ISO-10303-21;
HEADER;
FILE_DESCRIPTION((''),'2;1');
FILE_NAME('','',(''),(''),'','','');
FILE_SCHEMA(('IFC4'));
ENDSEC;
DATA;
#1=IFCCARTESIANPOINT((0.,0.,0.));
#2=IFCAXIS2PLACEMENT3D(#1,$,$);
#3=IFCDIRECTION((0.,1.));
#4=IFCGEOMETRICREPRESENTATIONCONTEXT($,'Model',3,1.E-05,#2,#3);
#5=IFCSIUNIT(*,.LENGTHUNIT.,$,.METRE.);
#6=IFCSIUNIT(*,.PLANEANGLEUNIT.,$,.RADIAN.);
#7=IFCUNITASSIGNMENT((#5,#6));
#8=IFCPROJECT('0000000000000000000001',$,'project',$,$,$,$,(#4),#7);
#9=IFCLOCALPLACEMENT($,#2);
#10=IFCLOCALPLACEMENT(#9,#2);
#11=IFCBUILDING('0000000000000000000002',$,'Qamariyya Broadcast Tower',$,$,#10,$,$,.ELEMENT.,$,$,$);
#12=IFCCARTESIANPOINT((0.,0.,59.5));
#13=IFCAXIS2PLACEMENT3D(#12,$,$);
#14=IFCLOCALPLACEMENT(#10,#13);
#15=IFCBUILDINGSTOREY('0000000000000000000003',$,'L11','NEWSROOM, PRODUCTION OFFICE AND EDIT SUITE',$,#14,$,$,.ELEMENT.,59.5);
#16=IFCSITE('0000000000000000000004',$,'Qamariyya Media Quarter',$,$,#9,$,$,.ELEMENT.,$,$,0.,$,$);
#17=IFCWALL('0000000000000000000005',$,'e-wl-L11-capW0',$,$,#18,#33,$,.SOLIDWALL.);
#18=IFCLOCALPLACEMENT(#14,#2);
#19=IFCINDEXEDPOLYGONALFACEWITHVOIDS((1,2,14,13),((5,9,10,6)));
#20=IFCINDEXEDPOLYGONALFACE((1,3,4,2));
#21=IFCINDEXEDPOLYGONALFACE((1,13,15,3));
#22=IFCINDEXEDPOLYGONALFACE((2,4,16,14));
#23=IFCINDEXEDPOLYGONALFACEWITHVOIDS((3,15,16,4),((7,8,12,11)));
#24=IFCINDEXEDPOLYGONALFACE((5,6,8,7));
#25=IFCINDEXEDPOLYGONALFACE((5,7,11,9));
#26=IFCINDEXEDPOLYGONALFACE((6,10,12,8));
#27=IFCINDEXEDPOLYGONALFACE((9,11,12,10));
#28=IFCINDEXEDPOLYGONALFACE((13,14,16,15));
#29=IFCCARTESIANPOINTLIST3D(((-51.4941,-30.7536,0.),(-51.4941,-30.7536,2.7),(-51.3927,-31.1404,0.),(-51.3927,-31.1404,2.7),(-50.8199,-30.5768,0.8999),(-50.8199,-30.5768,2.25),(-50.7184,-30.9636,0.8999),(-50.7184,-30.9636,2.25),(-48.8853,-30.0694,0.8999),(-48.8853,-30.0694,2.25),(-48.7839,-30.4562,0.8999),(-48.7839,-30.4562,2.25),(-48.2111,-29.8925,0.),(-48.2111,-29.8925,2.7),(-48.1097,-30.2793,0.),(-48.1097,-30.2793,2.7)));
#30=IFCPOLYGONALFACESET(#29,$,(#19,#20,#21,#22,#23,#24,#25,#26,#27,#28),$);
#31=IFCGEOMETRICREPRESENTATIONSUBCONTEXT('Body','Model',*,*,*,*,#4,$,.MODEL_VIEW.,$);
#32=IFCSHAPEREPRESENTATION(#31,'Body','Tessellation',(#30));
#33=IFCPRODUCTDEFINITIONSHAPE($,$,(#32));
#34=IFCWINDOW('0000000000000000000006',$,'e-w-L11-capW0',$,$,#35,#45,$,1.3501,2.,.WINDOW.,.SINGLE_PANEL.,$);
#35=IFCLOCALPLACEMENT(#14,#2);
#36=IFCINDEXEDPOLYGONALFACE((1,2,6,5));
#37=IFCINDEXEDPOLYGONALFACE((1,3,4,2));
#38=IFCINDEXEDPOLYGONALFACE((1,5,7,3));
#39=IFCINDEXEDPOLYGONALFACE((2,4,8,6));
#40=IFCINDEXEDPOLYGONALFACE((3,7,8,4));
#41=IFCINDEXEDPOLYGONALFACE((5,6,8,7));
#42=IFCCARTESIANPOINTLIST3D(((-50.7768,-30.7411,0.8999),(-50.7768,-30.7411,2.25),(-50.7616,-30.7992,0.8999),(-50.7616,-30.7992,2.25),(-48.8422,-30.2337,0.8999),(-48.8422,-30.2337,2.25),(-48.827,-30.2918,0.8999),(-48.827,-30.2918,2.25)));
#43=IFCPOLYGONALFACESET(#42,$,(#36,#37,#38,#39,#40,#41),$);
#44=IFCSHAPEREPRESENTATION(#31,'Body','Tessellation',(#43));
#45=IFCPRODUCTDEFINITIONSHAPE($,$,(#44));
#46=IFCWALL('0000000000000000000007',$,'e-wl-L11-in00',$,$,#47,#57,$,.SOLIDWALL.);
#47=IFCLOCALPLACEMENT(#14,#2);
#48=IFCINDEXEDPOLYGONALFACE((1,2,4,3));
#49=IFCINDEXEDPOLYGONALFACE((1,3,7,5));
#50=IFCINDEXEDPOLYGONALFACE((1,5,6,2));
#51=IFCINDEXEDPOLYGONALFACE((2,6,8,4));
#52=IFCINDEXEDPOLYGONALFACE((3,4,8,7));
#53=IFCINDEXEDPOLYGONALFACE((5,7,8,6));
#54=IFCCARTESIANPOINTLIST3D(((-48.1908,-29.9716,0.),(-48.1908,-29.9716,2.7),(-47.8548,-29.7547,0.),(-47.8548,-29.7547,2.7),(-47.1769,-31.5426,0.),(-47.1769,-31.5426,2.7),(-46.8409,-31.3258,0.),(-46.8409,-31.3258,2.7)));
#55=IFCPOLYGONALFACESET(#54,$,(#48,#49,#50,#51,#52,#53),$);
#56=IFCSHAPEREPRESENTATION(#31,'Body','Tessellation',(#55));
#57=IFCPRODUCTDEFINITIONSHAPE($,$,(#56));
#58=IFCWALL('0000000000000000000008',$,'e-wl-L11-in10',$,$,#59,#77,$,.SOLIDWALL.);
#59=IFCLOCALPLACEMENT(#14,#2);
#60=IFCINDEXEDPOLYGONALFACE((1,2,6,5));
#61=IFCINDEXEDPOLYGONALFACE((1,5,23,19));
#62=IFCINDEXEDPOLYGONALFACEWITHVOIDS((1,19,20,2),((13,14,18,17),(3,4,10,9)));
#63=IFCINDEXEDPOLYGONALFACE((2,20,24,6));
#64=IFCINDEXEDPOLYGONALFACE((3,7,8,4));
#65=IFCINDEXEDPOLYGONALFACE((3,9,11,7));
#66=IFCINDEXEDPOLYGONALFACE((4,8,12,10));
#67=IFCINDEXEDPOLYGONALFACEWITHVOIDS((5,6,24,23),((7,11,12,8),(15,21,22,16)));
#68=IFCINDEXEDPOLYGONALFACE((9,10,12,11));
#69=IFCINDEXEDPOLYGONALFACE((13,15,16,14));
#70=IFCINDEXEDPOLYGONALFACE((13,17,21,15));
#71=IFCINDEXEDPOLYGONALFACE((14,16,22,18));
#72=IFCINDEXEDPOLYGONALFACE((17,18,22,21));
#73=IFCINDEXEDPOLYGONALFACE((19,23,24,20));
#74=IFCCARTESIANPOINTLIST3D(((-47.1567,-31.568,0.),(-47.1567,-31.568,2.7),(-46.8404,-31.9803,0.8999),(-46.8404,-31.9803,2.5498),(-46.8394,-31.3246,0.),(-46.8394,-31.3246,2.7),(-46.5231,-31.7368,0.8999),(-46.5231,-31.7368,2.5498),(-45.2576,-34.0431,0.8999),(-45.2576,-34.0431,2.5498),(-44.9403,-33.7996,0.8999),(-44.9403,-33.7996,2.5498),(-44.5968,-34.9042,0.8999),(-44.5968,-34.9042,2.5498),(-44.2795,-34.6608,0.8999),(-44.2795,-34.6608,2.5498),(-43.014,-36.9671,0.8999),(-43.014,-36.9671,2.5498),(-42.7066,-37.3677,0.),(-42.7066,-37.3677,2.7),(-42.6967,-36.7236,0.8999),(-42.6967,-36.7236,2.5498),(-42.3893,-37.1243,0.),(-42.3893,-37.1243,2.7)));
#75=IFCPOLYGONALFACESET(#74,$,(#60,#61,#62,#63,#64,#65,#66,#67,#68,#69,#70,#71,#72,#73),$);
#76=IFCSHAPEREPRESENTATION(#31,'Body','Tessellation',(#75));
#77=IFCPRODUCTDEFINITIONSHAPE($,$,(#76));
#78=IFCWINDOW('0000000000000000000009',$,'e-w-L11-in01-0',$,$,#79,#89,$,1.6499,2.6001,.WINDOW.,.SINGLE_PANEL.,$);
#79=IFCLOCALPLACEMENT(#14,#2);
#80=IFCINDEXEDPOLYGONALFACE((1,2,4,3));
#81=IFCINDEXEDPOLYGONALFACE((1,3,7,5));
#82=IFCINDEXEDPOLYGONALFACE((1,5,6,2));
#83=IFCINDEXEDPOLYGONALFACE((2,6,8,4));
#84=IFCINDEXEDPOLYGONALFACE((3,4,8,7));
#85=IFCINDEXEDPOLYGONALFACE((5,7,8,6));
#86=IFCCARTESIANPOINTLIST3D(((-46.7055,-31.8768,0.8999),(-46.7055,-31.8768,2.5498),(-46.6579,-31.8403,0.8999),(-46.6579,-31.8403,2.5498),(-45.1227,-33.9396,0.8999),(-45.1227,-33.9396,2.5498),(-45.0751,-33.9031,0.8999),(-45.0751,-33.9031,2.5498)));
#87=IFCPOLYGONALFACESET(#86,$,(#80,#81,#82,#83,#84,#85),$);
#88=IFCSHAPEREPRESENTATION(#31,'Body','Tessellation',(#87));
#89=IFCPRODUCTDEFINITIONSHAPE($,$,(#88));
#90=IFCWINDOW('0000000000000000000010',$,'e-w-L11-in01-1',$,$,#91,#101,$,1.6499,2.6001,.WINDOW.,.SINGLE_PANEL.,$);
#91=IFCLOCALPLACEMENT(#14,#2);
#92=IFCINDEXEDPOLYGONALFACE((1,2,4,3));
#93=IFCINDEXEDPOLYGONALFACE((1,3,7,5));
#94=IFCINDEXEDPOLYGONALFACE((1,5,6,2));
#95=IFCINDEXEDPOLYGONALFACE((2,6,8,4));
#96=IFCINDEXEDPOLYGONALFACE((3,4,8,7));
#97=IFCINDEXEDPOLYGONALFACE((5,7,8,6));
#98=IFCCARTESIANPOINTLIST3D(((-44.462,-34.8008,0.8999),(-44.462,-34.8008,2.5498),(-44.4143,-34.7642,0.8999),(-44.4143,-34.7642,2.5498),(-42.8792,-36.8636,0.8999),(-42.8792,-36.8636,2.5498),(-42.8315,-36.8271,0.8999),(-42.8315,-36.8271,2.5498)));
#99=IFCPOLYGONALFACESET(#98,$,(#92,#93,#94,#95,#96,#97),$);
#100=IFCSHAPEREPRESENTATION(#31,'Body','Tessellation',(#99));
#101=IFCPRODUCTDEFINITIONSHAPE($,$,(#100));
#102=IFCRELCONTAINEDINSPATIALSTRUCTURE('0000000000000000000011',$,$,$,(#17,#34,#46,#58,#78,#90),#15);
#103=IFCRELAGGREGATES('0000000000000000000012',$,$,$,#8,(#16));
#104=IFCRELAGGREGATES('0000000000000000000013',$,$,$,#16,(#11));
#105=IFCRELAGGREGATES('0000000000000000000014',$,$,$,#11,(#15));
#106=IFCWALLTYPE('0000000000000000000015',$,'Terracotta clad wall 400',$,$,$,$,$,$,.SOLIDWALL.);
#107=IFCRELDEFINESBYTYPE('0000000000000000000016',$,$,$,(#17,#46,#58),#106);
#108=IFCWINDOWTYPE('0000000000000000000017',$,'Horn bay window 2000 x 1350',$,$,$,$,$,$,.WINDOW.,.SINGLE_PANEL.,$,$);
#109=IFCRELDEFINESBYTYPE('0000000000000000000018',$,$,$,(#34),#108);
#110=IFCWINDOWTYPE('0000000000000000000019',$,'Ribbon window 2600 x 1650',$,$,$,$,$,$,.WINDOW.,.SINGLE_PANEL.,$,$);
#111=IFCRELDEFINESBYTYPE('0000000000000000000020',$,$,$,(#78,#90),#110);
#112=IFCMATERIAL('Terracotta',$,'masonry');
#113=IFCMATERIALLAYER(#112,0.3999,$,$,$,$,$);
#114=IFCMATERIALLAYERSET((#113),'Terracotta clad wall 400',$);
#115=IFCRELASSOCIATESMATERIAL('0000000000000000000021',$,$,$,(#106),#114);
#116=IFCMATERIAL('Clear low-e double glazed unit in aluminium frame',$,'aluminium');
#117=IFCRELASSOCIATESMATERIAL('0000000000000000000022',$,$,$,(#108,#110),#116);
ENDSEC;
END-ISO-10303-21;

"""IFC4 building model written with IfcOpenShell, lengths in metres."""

from ifc_helpers import new_model, si_unit, direction, frame, frame_2d, origin, place, context, subcontext, project, spatial, rectangle, extrude, material, layer, layer_set, type_object, element, fill, save


model = new_model("IFC4")

# Units and contexts
model_context = context("Model", 3, precision=1e-05, world=origin(), true_north=direction((0.0, 1.0)))
body_context = subcontext(model_context, "Body", "Model", "MODEL_VIEW")
ifc_project = project(units=[si_unit("LENGTHUNIT", "METRE"), si_unit("PLANEANGLEUNIT", "RADIAN")], contexts=[model_context])

# Site, building, storey
site_placement = place(None, origin())
site = spatial("IfcSite", under=ifc_project, at=site_placement, Name="Qamariyya Media Quarter", CompositionType="ELEMENT", RefElevation=0.0)
building_placement = place(site_placement, origin())
building = spatial("IfcBuilding", under=site, at=building_placement, Name="Qamariyya Broadcast Tower", CompositionType="ELEMENT")
storey_placement = place(building_placement, frame((0.0, 0.0, 59.5)))
storey = spatial("IfcBuildingStorey", under=building, at=storey_placement, Name="L11", Description="NEWSROOM, PRODUCTION OFFICE AND EDIT SUITE", CompositionType="ELEMENT", Elevation=59.5)

# Wall, opening, window
ifc_material_1 = material(Name="Terracotta", Category="masonry")
ifc_layer_1 = layer(ifc_material_1, 0.3999)
ifc_layer_set_1 = layer_set([ifc_layer_1], Name="Terracotta clad wall 400")
wall_type_1 = type_object("IfcWallType", Name="Terracotta clad wall 400", PredefinedType="SOLIDWALL", material=ifc_layer_set_1)
wall_1_placement = place(storey_placement, frame((-48.1604, -30.0859, 0.0), z_axis=(0.0, 0.0, 1.0), x_axis=(-0.967281, -0.253707, 0.0)))
wall_1 = element("IfcWall", 1, at=wall_1_placement, inside=storey, type_object=wall_type_1, Name="e-wl-L11-capW0", PredefinedType="SOLIDWALL", context=body_context, shape_type="SweptSolid", body=[
    extrude(rectangle(XDim=3.394, YDim=0.3999, at=frame_2d((1.697, 0.0))), origin(), (0.0, 0.0, 1.0), 2.7),
])
opening_1_placement = place(wall_1_placement, frame((0.697, 0.0, 0.8999)))
opening_1 = element("IfcOpeningElement", 2, at=opening_1_placement, cuts=wall_1, PredefinedType="OPENING", context=body_context, shape_type="SweptSolid", body=[
    extrude(rectangle(XDim=2.0, YDim=1.3501, at=frame_2d((1.0, 0.675))), frame((0.0, 0.21, 0.0), z_axis=(0.0, -1.0, 0.0), x_axis=(1.0, 0.0, 0.0)), (0.0, 0.0, 1.0), 0.4199),
])
ifc_material_2 = material(Name="Clear low-e double glazed unit in aluminium frame", Category="aluminium")
window_type_1 = type_object("IfcWindowType", Name="Horn bay window 2000 x 1350", PartitioningType="SINGLE_PANEL", PredefinedType="WINDOW", material=ifc_material_2)
window_1_placement = place(opening_1_placement, origin())
window_1 = element("IfcWindow", 3, at=window_1_placement, inside=storey, type_object=window_type_1, Name="e-w-L11-capW0", OverallHeight=1.3501, OverallWidth=2.0, PartitioningType="SINGLE_PANEL", PredefinedType="WINDOW", context=body_context, shape_type="SweptSolid", body=[
    extrude(rectangle(XDim=2.0, YDim=1.3501, at=frame_2d((1.0, 0.675))), frame((0.0, 0.03, 0.0), z_axis=(0.0, -1.0, 0.0), x_axis=(1.0, 0.0, 0.0)), (0.0, 0.0, 1.0), 0.0601),
])
fill(opening_1, window_1)

# Wall
wall_2_placement = place(storey_placement, frame((-47.0088, -31.4343, 0.0), z_axis=(0.0, 0.0, 1.0), x_axis=(-0.542255, 0.840214, 0.0)))
element("IfcWall", 4, at=wall_2_placement, inside=storey, type_object=wall_type_1, Name="e-wl-L11-in00", PredefinedType="SOLIDWALL", context=body_context, shape_type="SweptSolid", body=[
    extrude(rectangle(XDim=1.8699, YDim=0.3999, at=frame_2d((0.9351, 0.0))), origin(), (0.0, 0.0, 1.0), 2.7),
])

# Wall, openings, windows
wall_3_placement = place(storey_placement, frame((-42.5479, -37.2461, 0.0), z_axis=(0.0, 0.0, 1.0), x_axis=(-0.608748, 0.793363, 0.0)))
wall_3 = element("IfcWall", 5, at=wall_3_placement, inside=storey, type_object=wall_type_1, Name="e-wl-L11-in10", PredefinedType="SOLIDWALL", context=body_context, shape_type="SweptSolid", body=[
    extrude(rectangle(XDim=7.3103, YDim=0.3999, at=frame_2d((3.6553, 0.0))), origin(), (0.0, 0.0, 1.0), 2.7),
])
opening_2_placement = place(wall_3_placement, frame((4.1907, 0.0, 0.8999)))
opening_2 = element("IfcOpeningElement", 6, at=opening_2_placement, cuts=wall_3, PredefinedType="OPENING", context=body_context, shape_type="SweptSolid", body=[
    extrude(rectangle(XDim=2.6001, YDim=1.6499, at=frame_2d((1.3, 0.825))), frame((0.0, 0.21, 0.0), z_axis=(0.0, -1.0, 0.0), x_axis=(1.0, 0.0, 0.0)), (0.0, 0.0, 1.0), 0.4199),
])
opening_3_placement = place(wall_3_placement, frame((0.5051, 0.0, 0.8999)))
opening_3 = element("IfcOpeningElement", 7, at=opening_3_placement, cuts=wall_3, PredefinedType="OPENING", context=body_context, shape_type="SweptSolid", body=[
    extrude(rectangle(XDim=2.6001, YDim=1.6499, at=frame_2d((1.3, 0.825))), frame((0.0, 0.21, 0.0), z_axis=(0.0, -1.0, 0.0), x_axis=(1.0, 0.0, 0.0)), (0.0, 0.0, 1.0), 0.4199),
])
window_type_2 = type_object("IfcWindowType", Name="Ribbon window 2600 x 1650", PartitioningType="SINGLE_PANEL", PredefinedType="WINDOW", material=ifc_material_2)
window_2_placement = place(opening_2_placement, origin())
window_2 = element("IfcWindow", 8, at=window_2_placement, inside=storey, type_object=window_type_2, Name="e-w-L11-in01-0", OverallHeight=1.6499, OverallWidth=2.6001, PartitioningType="SINGLE_PANEL", PredefinedType="WINDOW", context=body_context, shape_type="SweptSolid", body=[
    extrude(rectangle(XDim=2.6001, YDim=1.6499, at=frame_2d((1.3, 0.825))), frame((0.0, 0.03, 0.0), z_axis=(0.0, -1.0, 0.0), x_axis=(1.0, 0.0, 0.0)), (0.0, 0.0, 1.0), 0.0601),
])
fill(opening_2, window_2)
window_3_placement = place(opening_3_placement, origin())
window_3 = element("IfcWindow", 9, at=window_3_placement, inside=storey, type_object=window_type_2, Name="e-w-L11-in01-1", OverallHeight=1.6499, OverallWidth=2.6001, PartitioningType="SINGLE_PANEL", PredefinedType="WINDOW", context=body_context, shape_type="SweptSolid", body=[
    extrude(rectangle(XDim=2.6001, YDim=1.6499, at=frame_2d((1.3, 0.825))), frame((0.0, 0.03, 0.0), z_axis=(0.0, -1.0, 0.0), x_axis=(1.0, 0.0, 0.0)), (0.0, 0.0, 1.0), 0.0601),
])
fill(opening_3, window_3)

save(model, "model.ifc")
